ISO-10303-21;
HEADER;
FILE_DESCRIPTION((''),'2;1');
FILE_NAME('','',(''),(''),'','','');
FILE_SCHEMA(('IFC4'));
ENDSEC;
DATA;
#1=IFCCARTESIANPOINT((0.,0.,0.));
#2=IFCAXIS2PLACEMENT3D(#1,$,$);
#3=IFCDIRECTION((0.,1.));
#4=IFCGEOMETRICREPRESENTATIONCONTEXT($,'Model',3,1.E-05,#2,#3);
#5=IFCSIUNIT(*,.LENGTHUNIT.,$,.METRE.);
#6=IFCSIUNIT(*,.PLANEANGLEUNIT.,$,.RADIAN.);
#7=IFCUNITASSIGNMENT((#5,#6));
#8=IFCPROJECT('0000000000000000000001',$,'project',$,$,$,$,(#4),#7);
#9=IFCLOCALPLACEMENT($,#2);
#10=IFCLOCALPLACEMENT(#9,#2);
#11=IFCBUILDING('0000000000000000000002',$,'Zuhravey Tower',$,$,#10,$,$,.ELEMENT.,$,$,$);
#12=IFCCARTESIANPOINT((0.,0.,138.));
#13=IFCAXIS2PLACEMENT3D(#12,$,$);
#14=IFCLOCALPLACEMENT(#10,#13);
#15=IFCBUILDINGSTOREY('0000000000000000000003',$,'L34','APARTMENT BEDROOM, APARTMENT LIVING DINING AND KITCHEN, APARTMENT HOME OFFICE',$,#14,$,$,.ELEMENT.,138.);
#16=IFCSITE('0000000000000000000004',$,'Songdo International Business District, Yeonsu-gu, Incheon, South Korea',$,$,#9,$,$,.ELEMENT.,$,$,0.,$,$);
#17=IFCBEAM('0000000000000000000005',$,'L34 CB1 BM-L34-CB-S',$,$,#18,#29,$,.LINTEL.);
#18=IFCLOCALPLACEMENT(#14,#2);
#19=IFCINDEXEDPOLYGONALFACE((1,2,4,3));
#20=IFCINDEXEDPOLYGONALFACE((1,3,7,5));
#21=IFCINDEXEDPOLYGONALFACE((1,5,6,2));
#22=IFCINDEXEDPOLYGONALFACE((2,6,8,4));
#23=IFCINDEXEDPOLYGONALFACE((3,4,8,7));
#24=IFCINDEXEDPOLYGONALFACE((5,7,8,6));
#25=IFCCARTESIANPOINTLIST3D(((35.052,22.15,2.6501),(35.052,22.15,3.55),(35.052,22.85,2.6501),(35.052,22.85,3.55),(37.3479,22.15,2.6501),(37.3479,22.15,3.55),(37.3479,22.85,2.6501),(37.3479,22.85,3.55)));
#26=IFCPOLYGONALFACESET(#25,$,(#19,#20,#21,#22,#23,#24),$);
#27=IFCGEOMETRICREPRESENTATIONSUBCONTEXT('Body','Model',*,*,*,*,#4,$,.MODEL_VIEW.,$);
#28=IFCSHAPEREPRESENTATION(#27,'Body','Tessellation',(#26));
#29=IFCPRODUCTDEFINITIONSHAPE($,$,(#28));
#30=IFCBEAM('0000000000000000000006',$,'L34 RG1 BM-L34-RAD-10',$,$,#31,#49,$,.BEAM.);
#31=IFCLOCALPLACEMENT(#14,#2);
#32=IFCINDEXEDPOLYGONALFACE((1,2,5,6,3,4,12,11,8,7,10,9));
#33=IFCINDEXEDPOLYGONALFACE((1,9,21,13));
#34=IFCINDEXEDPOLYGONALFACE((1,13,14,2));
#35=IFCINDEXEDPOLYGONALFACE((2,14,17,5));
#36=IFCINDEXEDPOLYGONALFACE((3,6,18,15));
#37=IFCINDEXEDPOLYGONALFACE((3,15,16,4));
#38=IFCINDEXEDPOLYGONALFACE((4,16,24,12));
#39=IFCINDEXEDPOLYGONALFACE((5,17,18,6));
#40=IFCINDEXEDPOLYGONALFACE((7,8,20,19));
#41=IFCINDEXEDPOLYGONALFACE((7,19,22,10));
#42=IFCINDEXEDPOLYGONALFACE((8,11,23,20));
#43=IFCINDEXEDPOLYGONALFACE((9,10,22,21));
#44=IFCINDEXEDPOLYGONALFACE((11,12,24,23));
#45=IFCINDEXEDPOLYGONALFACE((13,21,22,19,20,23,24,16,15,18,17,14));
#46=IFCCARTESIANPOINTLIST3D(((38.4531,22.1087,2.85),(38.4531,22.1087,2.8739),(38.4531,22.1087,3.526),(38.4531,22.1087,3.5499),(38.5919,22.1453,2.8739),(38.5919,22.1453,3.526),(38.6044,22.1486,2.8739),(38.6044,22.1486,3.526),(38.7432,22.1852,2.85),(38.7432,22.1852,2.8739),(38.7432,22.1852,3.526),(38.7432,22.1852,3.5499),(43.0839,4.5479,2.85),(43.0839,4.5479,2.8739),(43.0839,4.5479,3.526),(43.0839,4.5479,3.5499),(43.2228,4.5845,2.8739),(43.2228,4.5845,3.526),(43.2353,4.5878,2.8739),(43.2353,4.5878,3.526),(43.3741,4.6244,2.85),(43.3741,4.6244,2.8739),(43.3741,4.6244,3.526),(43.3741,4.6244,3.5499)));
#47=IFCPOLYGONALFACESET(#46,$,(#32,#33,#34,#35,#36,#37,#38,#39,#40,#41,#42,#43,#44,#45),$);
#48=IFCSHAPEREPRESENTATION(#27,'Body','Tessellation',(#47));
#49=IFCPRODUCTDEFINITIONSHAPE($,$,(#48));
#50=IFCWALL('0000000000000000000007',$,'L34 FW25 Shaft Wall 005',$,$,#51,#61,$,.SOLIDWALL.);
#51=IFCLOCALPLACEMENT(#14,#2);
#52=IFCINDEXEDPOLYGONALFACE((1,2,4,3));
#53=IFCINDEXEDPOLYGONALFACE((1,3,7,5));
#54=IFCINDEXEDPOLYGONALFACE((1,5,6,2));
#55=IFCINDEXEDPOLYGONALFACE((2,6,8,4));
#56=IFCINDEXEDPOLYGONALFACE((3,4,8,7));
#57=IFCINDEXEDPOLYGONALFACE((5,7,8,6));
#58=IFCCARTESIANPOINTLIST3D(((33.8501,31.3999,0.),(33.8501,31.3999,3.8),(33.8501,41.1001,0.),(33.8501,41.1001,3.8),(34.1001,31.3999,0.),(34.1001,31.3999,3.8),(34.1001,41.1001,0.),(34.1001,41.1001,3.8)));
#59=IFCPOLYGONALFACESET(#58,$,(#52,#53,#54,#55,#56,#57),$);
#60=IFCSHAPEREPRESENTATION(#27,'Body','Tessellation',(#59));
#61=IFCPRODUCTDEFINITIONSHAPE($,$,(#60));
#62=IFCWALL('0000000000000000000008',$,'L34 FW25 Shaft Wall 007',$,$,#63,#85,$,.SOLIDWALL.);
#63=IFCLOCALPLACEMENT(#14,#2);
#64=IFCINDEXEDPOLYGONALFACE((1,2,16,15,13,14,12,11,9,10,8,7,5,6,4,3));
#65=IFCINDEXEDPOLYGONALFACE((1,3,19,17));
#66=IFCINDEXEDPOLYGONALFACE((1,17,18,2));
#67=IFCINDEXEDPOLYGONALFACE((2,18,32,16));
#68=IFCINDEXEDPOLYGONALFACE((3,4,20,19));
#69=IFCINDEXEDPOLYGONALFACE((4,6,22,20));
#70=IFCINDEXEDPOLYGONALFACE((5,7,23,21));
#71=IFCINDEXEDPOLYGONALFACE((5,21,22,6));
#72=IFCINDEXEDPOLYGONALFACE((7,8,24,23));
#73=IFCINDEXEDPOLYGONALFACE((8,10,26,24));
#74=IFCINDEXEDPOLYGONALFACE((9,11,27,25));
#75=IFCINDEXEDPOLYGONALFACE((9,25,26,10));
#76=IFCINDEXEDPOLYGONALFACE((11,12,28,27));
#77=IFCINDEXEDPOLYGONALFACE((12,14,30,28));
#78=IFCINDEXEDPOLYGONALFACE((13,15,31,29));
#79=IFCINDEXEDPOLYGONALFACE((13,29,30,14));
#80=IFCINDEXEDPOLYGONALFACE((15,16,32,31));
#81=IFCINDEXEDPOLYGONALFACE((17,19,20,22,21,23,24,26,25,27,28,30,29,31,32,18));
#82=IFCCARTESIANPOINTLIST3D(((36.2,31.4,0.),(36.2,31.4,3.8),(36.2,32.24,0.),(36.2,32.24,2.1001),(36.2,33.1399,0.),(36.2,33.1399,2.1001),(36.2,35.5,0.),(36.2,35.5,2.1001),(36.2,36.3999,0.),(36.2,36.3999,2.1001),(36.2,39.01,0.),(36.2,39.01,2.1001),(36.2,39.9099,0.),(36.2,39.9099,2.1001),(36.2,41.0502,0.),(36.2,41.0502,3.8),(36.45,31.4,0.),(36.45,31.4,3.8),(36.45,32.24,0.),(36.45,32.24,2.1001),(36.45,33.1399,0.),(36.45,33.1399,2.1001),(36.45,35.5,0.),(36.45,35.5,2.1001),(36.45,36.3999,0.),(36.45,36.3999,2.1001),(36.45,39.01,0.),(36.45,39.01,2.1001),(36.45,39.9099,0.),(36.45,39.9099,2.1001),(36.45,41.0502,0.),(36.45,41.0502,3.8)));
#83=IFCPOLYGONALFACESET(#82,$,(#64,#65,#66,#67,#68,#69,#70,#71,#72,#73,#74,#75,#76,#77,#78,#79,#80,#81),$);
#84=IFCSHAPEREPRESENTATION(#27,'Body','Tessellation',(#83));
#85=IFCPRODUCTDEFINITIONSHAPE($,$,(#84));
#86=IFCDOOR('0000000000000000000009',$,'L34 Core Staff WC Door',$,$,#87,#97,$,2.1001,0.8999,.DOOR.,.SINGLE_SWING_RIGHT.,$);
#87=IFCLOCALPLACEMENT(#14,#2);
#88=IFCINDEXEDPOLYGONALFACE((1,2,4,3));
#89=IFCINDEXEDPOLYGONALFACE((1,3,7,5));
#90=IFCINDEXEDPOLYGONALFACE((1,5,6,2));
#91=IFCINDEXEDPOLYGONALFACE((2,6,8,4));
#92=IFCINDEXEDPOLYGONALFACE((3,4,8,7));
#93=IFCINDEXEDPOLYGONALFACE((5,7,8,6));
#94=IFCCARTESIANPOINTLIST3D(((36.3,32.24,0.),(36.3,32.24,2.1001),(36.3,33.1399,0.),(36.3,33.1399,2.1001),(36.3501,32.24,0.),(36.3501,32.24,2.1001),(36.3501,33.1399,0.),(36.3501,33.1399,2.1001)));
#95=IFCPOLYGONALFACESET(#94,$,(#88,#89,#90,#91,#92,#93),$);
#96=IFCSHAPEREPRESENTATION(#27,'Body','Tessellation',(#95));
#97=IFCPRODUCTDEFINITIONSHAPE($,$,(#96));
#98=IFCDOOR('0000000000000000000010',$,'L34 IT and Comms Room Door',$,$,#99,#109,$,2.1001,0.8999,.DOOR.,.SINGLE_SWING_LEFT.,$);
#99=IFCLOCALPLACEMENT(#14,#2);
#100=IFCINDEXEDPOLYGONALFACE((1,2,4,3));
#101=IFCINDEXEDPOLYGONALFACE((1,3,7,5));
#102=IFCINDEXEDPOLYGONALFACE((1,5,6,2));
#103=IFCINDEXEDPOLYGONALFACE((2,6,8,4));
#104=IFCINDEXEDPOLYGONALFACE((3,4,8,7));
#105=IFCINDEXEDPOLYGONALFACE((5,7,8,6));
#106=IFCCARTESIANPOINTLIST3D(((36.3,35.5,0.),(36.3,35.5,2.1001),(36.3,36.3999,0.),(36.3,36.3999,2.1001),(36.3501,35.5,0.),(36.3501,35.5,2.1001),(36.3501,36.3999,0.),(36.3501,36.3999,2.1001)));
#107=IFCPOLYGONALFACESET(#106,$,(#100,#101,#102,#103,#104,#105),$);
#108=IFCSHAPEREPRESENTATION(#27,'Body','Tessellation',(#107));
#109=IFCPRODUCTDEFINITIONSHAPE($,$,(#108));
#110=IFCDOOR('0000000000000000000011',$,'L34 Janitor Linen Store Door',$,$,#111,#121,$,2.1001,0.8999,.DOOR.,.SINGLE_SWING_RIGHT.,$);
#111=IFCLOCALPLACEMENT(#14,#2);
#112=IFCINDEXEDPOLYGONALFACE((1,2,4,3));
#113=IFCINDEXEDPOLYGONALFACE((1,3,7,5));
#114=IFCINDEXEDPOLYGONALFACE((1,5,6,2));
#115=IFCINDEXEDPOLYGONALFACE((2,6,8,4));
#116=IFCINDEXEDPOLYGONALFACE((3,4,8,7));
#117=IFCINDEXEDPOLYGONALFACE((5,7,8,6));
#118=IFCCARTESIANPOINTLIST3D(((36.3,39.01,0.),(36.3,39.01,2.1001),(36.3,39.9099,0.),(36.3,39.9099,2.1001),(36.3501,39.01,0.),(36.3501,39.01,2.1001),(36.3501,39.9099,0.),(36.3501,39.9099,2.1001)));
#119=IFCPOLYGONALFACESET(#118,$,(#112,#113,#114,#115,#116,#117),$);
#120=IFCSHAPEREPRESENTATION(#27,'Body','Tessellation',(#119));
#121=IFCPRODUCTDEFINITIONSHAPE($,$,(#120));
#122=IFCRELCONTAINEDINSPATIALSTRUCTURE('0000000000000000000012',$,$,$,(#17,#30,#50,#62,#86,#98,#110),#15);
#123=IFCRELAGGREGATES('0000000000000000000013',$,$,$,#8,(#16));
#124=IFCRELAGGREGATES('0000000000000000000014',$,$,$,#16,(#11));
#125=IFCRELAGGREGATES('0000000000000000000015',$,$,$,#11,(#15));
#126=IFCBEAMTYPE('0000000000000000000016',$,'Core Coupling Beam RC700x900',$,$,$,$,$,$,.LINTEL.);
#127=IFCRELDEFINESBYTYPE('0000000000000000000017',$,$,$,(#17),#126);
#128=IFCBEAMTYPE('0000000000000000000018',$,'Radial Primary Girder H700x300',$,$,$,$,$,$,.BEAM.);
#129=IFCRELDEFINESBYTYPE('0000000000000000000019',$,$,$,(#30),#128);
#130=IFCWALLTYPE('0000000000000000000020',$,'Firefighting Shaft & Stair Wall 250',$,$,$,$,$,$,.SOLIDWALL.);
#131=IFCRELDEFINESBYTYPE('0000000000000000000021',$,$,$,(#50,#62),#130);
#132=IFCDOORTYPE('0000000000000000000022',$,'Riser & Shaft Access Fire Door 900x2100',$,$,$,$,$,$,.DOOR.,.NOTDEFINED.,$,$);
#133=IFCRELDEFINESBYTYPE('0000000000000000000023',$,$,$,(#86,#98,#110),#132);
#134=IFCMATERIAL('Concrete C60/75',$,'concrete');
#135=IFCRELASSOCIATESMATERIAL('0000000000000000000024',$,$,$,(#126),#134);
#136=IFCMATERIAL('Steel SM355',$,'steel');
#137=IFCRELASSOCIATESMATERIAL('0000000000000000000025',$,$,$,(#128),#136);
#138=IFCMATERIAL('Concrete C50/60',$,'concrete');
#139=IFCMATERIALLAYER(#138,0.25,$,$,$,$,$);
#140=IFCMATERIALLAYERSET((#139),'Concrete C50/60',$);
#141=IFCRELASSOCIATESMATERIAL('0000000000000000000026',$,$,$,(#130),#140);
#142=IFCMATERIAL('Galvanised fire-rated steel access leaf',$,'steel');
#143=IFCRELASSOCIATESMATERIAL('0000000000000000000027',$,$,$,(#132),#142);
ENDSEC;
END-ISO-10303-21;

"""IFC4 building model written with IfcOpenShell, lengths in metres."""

from ifc_helpers import new_model, si_unit, direction, frame, frame_2d, origin, origin_2d, place, context, subcontext, project, spatial, rectangle, i_section, extrude, material, layer, layer_set, material_profile, profile_set, type_object, element, fill, save


model = new_model("IFC4")

# Units and contexts
model_context = context("Model", 3, precision=1e-05, world=origin(), true_north=direction((0.0, 1.0)))
body_context = subcontext(model_context, "Body", "Model", "MODEL_VIEW")
ifc_project = project(units=[si_unit("LENGTHUNIT", "METRE"), si_unit("PLANEANGLEUNIT", "RADIAN")], contexts=[model_context])

# Site, building, storey
site_placement = place(None, origin())
site = spatial("IfcSite", under=ifc_project, at=site_placement, Name="Songdo International Business District, Yeonsu-gu, Incheon, South Korea", CompositionType="ELEMENT", RefElevation=0.0)
building_placement = place(site_placement, origin())
building = spatial("IfcBuilding", under=site, at=building_placement, Name="Zuhravey Tower", CompositionType="ELEMENT")
storey_placement = place(building_placement, frame((0.0, 0.0, 138.0)))
storey = spatial("IfcBuildingStorey", under=building, at=storey_placement, Name="L34", Description="APARTMENT BEDROOM, APARTMENT LIVING DINING AND KITCHEN, APARTMENT HOME OFFICE", CompositionType="ELEMENT", Elevation=138.0)

# Beams
ifc_material_1 = material(Name="Concrete C60/75", Category="concrete")
ifc_material_profile_1 = material_profile(ifc_material_1, rectangle(XDim=0.7, YDim=0.8999, at=origin_2d()), Name="RC-700x900")
ifc_profile_set_1 = profile_set([ifc_material_profile_1], Name="Concrete C60/75")
beam_type_1 = type_object("IfcBeamType", Name="Core Coupling Beam RC700x900", PredefinedType="LINTEL", material=ifc_profile_set_1)
beam_1_placement = place(storey_placement, frame((35.052, 22.5, 3.1001), z_axis=(1.0, 0.0, 0.0), x_axis=(0.0, 1.0, 0.0)))
element("IfcBeam", 1, at=beam_1_placement, inside=storey, type_object=beam_type_1, Name="L34 CB1 BM-L34-CB-S", PredefinedType="LINTEL", context=body_context, shape_type="SweptSolid", body=[
    extrude(rectangle(XDim=0.7, YDim=0.8999, at=origin_2d()), origin(), (0.0, 0.0, 1.0), 2.2959),
])
ifc_material_2 = material(Name="Steel SM355", Category="steel")
ifc_material_profile_2 = material_profile(ifc_material_2, i_section(OverallWidth=0.3, OverallDepth=0.7, WebThickness=0.0129, FlangeThickness=0.0239, at=origin_2d()), Name="H-700x300x13x24")
ifc_profile_set_2 = profile_set([ifc_material_profile_2], Name="Steel SM355")
beam_type_2 = type_object("IfcBeamType", Name="Radial Primary Girder H700x300", PredefinedType="BEAM", material=ifc_profile_set_2)
beam_2_placement = place(storey_placement, frame((38.5981, 22.147, 3.2), z_axis=(0.254988, -0.966944, 0.0), x_axis=(0.966944, 0.254988, 0.0)))
element("IfcBeam", 2, at=beam_2_placement, inside=storey, type_object=beam_type_2, Name="L34 RG1 BM-L34-RAD-10", PredefinedType="BEAM", context=body_context, shape_type="SweptSolid", body=[
    extrude(i_section(OverallWidth=0.3, OverallDepth=0.7, WebThickness=0.0129, FlangeThickness=0.0239, at=origin_2d()), origin(), (0.0, 0.0, 1.0), 18.1611),
])

# Shared definitions
ifc_material_3 = material(Name="Concrete C50/60", Category="concrete")
ifc_layer_1 = layer(ifc_material_3, 0.25)
ifc_layer_set_1 = layer_set([ifc_layer_1], Name="Concrete C50/60")
wall_type_1 = type_object("IfcWallType", Name="Firefighting Shaft & Stair Wall 250", PredefinedType="SOLIDWALL", material=ifc_layer_set_1)

# Wall
wall_1_placement = place(storey_placement, frame((33.9751, 31.3999, 0.0), z_axis=(0.0, 0.0, 1.0), x_axis=(0.0, 1.0, 0.0)))
element("IfcWall", 3, at=wall_1_placement, inside=storey, type_object=wall_type_1, Name="L34 FW25 Shaft Wall 005", PredefinedType="SOLIDWALL", context=body_context, shape_type="SweptSolid", body=[
    extrude(rectangle(XDim=9.7002, YDim=0.25, at=frame_2d((4.8501, 0.0))), origin(), (0.0, 0.0, 1.0), 3.8),
])

# Wall, openings, doors
wall_2_placement = place(storey_placement, frame((36.325, 31.3999, 0.0), z_axis=(0.0, 0.0, 1.0), x_axis=(0.0, 1.0, 0.0)))
wall_2 = element("IfcWall", 4, at=wall_2_placement, inside=storey, type_object=wall_type_1, Name="L34 FW25 Shaft Wall 007", PredefinedType="SOLIDWALL", context=body_context, shape_type="SweptSolid", body=[
    extrude(rectangle(XDim=9.6501, YDim=0.25, at=frame_2d((4.8252, 0.0))), origin(), (0.0, 0.0, 1.0), 3.8),
])
opening_1_placement = place(wall_2_placement, frame((0.8401, 0.0, 0.0)))
opening_1 = element("IfcOpeningElement", 5, at=opening_1_placement, cuts=wall_2, PredefinedType="OPENING", context=body_context, shape_type="SweptSolid", body=[
    extrude(rectangle(XDim=0.8999, YDim=2.1001, at=frame_2d((0.45, 1.05))), frame((0.0, 0.137, 0.0), z_axis=(0.0, -1.0, 0.0), x_axis=(1.0, 0.0, 0.0)), (0.0, 0.0, 1.0), 0.2739),
])
opening_2_placement = place(wall_2_placement, frame((4.1001, 0.0, 0.0)))
opening_2 = element("IfcOpeningElement", 6, at=opening_2_placement, cuts=wall_2, PredefinedType="OPENING", context=body_context, shape_type="SweptSolid", body=[
    extrude(rectangle(XDim=0.8999, YDim=2.1001, at=frame_2d((0.45, 1.05))), frame((0.0, 0.137, 0.0), z_axis=(0.0, -1.0, 0.0), x_axis=(1.0, 0.0, 0.0)), (0.0, 0.0, 1.0), 0.2739),
])
opening_3_placement = place(wall_2_placement, frame((7.6101, 0.0, 0.0)))
opening_3 = element("IfcOpeningElement", 7, at=opening_3_placement, cuts=wall_2, PredefinedType="OPENING", context=body_context, shape_type="SweptSolid", body=[
    extrude(rectangle(XDim=0.8999, YDim=2.1001, at=frame_2d((0.45, 1.05))), frame((0.0, 0.137, 0.0), z_axis=(0.0, -1.0, 0.0), x_axis=(1.0, 0.0, 0.0)), (0.0, 0.0, 1.0), 0.2739),
])
ifc_material_4 = material(Name="Galvanised fire-rated steel access leaf", Category="steel")
door_type_1 = type_object("IfcDoorType", Name="Riser & Shaft Access Fire Door 900x2100", OperationType="NOTDEFINED", PredefinedType="DOOR", material=ifc_material_4)
door_1_placement = place(opening_1_placement, origin())
door_1 = element("IfcDoor", 8, at=door_1_placement, inside=storey, type_object=door_type_1, Name="L34 Core Staff WC Door", OperationType="SINGLE_SWING_RIGHT", OverallHeight=2.1001, OverallWidth=0.8999, PredefinedType="DOOR", context=body_context, shape_type="SweptSolid", body=[
    extrude(rectangle(XDim=0.8999, YDim=2.1001, at=frame_2d((0.45, 1.05))), frame((0.0, 0.0249, 0.0), z_axis=(0.0, -1.0, 0.0), x_axis=(1.0, 0.0, 0.0)), (0.0, 0.0, 1.0), 0.05),
])
fill(opening_1, door_1)
door_2_placement = place(opening_2_placement, origin())
door_2 = element("IfcDoor", 9, at=door_2_placement, inside=storey, type_object=door_type_1, Name="L34 IT and Comms Room Door", OperationType="SINGLE_SWING_LEFT", OverallHeight=2.1001, OverallWidth=0.8999, PredefinedType="DOOR", context=body_context, shape_type="SweptSolid", body=[
    extrude(rectangle(XDim=0.8999, YDim=2.1001, at=frame_2d((0.45, 1.05))), frame((0.0, 0.0249, 0.0), z_axis=(0.0, -1.0, 0.0), x_axis=(1.0, 0.0, 0.0)), (0.0, 0.0, 1.0), 0.05),
])
fill(opening_2, door_2)
door_3_placement = place(opening_3_placement, origin())
door_3 = element("IfcDoor", 10, at=door_3_placement, inside=storey, type_object=door_type_1, Name="L34 Janitor Linen Store Door", OperationType="SINGLE_SWING_RIGHT", OverallHeight=2.1001, OverallWidth=0.8999, PredefinedType="DOOR", context=body_context, shape_type="SweptSolid", body=[
    extrude(rectangle(XDim=0.8999, YDim=2.1001, at=frame_2d((0.45, 1.05))), frame((0.0, 0.0249, 0.0), z_axis=(0.0, -1.0, 0.0), x_axis=(1.0, 0.0, 0.0)), (0.0, 0.0, 1.0), 0.05),
])
fill(opening_3, door_3)

save(model, "model.ifc")
